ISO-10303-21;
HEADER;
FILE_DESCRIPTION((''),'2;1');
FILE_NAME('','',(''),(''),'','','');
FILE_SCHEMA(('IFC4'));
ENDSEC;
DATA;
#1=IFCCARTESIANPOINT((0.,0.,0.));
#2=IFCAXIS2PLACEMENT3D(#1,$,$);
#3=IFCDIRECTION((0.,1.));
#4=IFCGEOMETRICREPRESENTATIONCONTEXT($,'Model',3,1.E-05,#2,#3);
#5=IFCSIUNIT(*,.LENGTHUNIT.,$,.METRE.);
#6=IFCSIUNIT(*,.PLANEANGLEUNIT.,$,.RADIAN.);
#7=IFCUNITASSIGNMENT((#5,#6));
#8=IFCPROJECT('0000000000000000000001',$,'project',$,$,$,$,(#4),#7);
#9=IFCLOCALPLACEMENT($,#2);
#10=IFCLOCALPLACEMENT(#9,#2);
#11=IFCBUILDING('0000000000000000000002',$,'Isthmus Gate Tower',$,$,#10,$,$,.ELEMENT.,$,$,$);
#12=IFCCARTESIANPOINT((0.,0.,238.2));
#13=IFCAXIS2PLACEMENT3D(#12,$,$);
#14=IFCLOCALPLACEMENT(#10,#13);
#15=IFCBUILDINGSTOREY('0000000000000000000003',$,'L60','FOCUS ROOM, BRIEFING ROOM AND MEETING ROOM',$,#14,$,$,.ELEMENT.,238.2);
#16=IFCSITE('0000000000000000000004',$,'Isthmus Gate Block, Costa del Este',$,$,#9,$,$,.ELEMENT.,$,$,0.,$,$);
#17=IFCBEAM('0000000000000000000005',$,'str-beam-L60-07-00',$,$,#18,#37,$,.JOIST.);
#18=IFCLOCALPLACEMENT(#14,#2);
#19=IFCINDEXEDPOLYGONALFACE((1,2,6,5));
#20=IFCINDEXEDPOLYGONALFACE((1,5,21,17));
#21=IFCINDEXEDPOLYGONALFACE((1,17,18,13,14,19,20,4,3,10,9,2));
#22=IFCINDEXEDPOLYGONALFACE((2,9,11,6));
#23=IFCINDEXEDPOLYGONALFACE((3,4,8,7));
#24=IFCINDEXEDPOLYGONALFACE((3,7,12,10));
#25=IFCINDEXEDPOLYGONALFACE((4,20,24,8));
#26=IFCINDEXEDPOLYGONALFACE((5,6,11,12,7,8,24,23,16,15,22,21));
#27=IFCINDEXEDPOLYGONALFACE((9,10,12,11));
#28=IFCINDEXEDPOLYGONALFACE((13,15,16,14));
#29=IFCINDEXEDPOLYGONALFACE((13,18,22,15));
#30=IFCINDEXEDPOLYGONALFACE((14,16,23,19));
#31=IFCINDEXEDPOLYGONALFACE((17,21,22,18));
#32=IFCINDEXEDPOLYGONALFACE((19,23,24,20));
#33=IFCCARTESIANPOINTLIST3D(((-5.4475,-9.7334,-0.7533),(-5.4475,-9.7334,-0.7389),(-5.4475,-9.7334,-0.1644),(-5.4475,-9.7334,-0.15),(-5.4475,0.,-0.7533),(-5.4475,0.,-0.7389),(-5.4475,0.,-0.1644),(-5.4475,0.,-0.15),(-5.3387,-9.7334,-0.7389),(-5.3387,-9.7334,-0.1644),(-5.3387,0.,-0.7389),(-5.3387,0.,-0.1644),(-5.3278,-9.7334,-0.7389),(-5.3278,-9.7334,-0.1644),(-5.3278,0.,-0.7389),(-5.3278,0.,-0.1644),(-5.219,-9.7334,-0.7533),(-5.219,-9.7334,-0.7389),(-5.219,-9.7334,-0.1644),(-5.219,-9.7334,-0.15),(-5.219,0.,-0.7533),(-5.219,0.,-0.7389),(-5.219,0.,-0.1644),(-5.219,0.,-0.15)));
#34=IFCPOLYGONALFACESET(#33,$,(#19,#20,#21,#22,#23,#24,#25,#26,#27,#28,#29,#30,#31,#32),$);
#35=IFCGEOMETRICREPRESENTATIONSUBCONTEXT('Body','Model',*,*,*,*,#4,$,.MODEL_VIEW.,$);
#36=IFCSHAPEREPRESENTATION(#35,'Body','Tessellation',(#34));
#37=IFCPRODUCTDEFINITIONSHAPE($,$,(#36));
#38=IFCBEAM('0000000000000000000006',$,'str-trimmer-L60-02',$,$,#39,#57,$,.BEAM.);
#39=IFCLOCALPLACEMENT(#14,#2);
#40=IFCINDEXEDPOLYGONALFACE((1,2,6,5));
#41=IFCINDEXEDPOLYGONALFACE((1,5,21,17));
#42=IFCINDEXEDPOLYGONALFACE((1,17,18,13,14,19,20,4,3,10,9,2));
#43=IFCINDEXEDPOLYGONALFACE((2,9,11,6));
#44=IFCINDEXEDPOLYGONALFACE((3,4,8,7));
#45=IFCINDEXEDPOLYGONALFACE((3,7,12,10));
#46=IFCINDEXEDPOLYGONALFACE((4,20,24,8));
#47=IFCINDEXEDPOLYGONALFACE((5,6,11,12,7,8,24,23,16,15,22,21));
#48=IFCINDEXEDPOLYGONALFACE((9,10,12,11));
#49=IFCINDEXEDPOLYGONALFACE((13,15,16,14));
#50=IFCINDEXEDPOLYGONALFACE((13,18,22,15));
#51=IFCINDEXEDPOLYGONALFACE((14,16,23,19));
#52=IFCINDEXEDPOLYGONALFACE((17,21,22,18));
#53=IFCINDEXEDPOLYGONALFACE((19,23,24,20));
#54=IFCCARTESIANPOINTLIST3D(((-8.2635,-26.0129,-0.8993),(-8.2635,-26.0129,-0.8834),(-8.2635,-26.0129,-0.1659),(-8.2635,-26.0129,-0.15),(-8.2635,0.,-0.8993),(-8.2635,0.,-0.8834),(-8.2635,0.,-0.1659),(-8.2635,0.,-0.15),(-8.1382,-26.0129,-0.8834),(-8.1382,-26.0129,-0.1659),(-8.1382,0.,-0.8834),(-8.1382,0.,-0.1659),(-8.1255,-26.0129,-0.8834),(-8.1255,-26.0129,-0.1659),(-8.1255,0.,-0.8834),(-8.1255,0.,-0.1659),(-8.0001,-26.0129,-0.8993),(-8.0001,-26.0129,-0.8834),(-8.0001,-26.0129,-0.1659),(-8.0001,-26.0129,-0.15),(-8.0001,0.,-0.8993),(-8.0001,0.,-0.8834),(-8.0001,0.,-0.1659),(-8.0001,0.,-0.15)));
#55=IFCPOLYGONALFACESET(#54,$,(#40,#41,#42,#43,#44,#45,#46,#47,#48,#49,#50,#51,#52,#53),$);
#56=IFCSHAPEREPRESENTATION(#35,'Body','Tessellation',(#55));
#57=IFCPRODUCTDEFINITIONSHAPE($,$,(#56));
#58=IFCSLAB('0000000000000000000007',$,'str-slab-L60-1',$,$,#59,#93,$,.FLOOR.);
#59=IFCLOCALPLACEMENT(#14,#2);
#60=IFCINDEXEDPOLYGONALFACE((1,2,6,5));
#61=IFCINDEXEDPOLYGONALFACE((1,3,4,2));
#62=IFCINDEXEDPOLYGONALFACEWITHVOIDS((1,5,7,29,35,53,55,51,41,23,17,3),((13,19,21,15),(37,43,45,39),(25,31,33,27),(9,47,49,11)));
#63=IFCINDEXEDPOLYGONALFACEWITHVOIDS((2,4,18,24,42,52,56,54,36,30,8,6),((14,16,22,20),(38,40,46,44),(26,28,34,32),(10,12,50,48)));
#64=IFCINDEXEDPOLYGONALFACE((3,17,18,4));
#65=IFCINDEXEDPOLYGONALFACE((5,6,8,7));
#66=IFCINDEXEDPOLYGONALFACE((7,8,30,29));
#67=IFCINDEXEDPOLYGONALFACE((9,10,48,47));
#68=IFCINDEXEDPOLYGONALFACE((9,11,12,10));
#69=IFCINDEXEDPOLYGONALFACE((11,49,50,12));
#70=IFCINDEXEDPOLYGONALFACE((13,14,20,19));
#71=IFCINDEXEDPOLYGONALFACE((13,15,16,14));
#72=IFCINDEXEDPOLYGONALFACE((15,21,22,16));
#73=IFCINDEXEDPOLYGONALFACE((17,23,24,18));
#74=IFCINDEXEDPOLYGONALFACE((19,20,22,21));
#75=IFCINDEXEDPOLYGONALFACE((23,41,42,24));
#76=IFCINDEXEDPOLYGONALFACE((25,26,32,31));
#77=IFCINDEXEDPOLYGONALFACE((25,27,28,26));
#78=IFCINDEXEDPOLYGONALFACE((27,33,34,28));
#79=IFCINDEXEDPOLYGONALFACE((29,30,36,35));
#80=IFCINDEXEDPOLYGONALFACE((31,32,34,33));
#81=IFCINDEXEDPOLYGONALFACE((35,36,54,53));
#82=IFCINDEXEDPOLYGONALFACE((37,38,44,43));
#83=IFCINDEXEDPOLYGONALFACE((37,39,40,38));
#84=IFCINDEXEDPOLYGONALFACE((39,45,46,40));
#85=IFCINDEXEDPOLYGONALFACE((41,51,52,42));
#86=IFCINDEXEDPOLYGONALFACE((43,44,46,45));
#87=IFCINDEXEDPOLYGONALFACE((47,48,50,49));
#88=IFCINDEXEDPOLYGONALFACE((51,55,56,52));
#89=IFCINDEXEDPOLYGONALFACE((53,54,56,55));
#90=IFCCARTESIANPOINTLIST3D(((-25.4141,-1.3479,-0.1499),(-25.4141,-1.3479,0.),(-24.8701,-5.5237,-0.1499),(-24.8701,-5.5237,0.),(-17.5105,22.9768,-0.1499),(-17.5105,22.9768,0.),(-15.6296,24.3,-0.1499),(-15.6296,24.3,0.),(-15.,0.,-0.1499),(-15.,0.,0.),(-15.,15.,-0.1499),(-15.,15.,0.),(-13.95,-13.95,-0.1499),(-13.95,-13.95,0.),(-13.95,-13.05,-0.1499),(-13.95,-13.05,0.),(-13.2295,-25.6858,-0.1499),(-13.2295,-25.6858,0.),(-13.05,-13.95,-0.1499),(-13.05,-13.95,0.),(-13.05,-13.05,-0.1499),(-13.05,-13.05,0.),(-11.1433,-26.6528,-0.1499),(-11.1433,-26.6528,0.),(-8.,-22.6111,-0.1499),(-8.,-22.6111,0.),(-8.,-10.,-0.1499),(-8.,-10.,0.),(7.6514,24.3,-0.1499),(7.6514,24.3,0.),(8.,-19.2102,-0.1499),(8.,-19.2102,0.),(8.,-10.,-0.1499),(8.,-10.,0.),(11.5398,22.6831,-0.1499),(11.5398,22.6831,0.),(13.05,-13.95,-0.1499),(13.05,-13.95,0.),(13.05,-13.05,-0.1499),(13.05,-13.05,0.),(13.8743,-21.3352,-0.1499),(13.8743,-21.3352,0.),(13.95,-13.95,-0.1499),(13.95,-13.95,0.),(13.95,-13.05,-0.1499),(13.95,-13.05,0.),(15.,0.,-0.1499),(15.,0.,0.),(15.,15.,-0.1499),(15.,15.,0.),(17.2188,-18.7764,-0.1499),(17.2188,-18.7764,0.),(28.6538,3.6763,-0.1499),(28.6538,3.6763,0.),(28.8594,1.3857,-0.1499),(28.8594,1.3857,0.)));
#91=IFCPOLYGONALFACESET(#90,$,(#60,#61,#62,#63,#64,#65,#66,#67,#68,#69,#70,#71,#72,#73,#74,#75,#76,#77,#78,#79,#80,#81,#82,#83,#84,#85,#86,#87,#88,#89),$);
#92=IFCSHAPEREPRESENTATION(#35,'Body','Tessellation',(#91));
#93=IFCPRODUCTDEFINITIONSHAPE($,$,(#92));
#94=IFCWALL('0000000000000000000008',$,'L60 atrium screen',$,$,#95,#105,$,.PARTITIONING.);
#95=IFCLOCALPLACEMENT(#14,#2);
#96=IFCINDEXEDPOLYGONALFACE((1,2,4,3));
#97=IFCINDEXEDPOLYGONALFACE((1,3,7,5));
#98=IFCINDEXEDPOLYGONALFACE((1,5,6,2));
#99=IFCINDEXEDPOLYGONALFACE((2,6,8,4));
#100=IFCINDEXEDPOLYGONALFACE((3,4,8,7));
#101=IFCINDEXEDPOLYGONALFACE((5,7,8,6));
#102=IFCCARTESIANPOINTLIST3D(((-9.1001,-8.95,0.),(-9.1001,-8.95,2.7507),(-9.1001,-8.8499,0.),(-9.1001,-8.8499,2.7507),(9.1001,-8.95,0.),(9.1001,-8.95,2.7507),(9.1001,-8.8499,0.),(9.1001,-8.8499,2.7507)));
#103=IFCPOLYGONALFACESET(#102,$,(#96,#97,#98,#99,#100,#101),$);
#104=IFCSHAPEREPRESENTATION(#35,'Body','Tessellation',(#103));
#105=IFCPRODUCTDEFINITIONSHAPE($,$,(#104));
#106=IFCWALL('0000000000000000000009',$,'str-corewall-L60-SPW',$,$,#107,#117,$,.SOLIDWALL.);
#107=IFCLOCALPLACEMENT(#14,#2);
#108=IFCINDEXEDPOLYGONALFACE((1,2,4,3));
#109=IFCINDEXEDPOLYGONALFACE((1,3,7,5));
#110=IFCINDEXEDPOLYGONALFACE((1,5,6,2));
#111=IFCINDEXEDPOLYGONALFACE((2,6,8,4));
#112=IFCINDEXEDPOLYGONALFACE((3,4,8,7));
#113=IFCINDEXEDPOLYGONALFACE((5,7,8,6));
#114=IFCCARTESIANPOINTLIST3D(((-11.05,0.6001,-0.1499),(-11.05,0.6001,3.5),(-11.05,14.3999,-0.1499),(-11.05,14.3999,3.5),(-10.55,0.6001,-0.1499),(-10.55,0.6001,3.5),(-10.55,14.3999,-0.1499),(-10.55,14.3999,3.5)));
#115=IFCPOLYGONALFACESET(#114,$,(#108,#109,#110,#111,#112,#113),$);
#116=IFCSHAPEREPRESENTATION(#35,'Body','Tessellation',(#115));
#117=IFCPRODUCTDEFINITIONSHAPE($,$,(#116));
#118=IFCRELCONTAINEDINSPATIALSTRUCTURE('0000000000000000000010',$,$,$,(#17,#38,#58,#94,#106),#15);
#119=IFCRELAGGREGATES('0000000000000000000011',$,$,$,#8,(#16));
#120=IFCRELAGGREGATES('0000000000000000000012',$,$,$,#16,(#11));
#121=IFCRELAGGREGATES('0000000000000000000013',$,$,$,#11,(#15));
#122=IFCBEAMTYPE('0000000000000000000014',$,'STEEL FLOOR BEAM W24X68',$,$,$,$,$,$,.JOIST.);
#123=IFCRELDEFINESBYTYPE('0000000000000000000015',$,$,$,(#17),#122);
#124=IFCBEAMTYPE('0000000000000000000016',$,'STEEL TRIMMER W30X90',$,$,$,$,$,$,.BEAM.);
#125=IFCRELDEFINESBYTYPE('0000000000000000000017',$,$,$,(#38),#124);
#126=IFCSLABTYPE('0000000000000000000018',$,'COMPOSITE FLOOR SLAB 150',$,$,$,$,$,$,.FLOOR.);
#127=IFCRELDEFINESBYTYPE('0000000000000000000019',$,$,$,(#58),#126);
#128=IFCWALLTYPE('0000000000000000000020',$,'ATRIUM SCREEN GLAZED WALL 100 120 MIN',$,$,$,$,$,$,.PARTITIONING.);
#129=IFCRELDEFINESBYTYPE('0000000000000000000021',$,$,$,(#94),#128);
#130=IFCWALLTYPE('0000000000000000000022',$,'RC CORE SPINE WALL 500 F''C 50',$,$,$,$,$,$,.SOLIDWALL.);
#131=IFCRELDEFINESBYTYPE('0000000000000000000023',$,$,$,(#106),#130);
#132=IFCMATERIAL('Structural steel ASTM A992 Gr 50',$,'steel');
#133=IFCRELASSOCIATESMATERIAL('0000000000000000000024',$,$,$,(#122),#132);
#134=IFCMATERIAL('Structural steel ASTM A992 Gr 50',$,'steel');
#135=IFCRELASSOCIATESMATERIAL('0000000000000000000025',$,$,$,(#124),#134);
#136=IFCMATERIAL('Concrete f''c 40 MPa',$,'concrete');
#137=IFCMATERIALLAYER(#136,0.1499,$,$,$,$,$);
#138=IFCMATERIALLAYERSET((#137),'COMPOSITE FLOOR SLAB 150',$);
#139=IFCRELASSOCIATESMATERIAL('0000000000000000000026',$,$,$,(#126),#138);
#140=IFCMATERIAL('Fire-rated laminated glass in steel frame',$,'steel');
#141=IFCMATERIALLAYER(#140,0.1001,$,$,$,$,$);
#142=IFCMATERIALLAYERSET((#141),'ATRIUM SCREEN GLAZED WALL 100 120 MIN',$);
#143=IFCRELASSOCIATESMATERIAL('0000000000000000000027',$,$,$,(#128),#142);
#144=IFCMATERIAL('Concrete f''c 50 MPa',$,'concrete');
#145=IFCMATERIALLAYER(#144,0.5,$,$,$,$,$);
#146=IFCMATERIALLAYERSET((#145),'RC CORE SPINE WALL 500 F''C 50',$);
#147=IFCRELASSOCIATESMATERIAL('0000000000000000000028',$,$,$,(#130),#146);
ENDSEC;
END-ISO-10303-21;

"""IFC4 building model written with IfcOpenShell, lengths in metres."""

from ifc_helpers import new_model, si_unit, direction, frame, frame_2d, origin, origin_2d, place, context, subcontext, project, spatial, polyline, rectangle, i_section, outline, extrude, material, layer, layer_set, material_profile, profile_set, type_object, element, save


model = new_model("IFC4")

# Units and contexts
model_context = context("Model", 3, precision=1e-05, world=origin(), true_north=direction((0.0, 1.0)))
body_context = subcontext(model_context, "Body", "Model", "MODEL_VIEW")
ifc_project = project(units=[si_unit("LENGTHUNIT", "METRE"), si_unit("PLANEANGLEUNIT", "RADIAN")], contexts=[model_context])

# Site, building, storey
site_placement = place(None, origin())
site = spatial("IfcSite", under=ifc_project, at=site_placement, Name="Isthmus Gate Block, Costa del Este", CompositionType="ELEMENT", RefElevation=0.0)
building_placement = place(site_placement, origin())
building = spatial("IfcBuilding", under=site, at=building_placement, Name="Isthmus Gate Tower", CompositionType="ELEMENT")
storey_placement = place(building_placement, frame((0.0, 0.0, 238.2)))
storey = spatial("IfcBuildingStorey", under=building, at=storey_placement, Name="L60", Description="FOCUS ROOM, BRIEFING ROOM AND MEETING ROOM", CompositionType="ELEMENT", Elevation=238.2)

# Beams
ifc_material_1 = material(Name="Structural steel ASTM A992 Gr 50", Category="steel")
ifc_material_profile_1 = material_profile(ifc_material_1, i_section(OverallWidth=0.2285, OverallDepth=0.6033, WebThickness=0.011, FlangeThickness=0.0144, at=origin_2d()), Name="W24X68")
ifc_profile_set_1 = profile_set([ifc_material_profile_1], Name="Structural steel ASTM A992 Gr 50")
beam_type_1 = type_object("IfcBeamType", Name="STEEL FLOOR BEAM W24X68", PredefinedType="JOIST", material=ifc_profile_set_1)
beam_1_placement = place(storey_placement, frame((-5.3333, -9.7334, -0.4517), z_axis=(0.0, 1.0, 0.0), x_axis=(-1.0, 0.0, 0.0)))
element("IfcBeam", 1, at=beam_1_placement, inside=storey, type_object=beam_type_1, Name="str-beam-L60-07-00", PredefinedType="JOIST", context=body_context, shape_type="SweptSolid", body=[
    extrude(i_section(OverallWidth=0.2285, OverallDepth=0.6033, WebThickness=0.011, FlangeThickness=0.0144, at=origin_2d()), origin(), (0.0, 0.0, 1.0), 9.7334),
])
ifc_material_2 = material(Name="Structural steel ASTM A992 Gr 50", Category="steel")
ifc_material_profile_2 = material_profile(ifc_material_2, i_section(OverallWidth=0.2634, OverallDepth=0.7493, WebThickness=0.0127, FlangeThickness=0.0159, at=origin_2d()), Name="W30X90")
ifc_profile_set_2 = profile_set([ifc_material_profile_2], Name="Structural steel ASTM A992 Gr 50")
beam_type_2 = type_object("IfcBeamType", Name="STEEL TRIMMER W30X90", PredefinedType="BEAM", material=ifc_profile_set_2)
beam_2_placement = place(storey_placement, frame((-8.1318, 0.0, -0.5247), z_axis=(0.0, -1.0, 0.0), x_axis=(1.0, 0.0, 0.0)))
element("IfcBeam", 2, at=beam_2_placement, inside=storey, type_object=beam_type_2, Name="str-trimmer-L60-02", PredefinedType="BEAM", context=body_context, shape_type="SweptSolid", body=[
    extrude(i_section(OverallWidth=0.2634, OverallDepth=0.7493, WebThickness=0.0127, FlangeThickness=0.0159, at=origin_2d()), origin(), (0.0, 0.0, 1.0), 26.0129),
])

# Slab
ifc_material_3 = material(Name="Concrete f'c 40 MPa", Category="concrete")
ifc_layer_1 = layer(ifc_material_3, 0.1499)
ifc_layer_set_1 = layer_set([ifc_layer_1], Name="COMPOSITE FLOOR SLAB 150")
slab_type = type_object("IfcSlabType", Name="COMPOSITE FLOOR SLAB 150", PredefinedType="FLOOR", material=ifc_layer_set_1)
slab_placement = place(storey_placement, frame((0.0, 0.0, -0.1499)))
element("IfcSlab", 3, at=slab_placement, inside=storey, type_object=slab_type, Name="str-slab-L60-1", PredefinedType="FLOOR", context=body_context, shape_type="SweptSolid", body=[
    extrude(outline(polyline([(11.5398, 22.6831), (28.6538, 3.6763), (28.8594, 1.3857), (17.2188, -18.7764), (13.8743, -21.3352), (-11.1433, -26.6528), (-13.2295, -25.6858), (-24.8701, -5.5237), (-25.4141, -1.3479), (-17.5105, 22.9768), (-15.6296, 24.3), (7.6514, 24.3), (11.5398, 22.6831)]), holes=[polyline([(-8.0, -10.0), (-8.0, -22.6111), (8.0, -19.2102), (8.0, -10.0), (-8.0, -10.0)]), polyline([(-13.95, -13.05), (-13.95, -13.95), (-13.05, -13.95), (-13.05, -13.05), (-13.95, -13.05)]), polyline([(13.05, -13.05), (13.05, -13.95), (13.95, -13.95), (13.95, -13.05), (13.05, -13.05)]), polyline([(-15.0, 0.0), (15.0, 0.0), (15.0, 15.0), (-15.0, 15.0), (-15.0, 0.0)])]), origin(), (0.0, 0.0, 1.0), 0.1499),
])

# Walls
ifc_material_4 = material(Name="Fire-rated laminated glass in steel frame", Category="steel")
ifc_layer_2 = layer(ifc_material_4, 0.1001)
ifc_layer_set_2 = layer_set([ifc_layer_2], Name="ATRIUM SCREEN GLAZED WALL 100 120 MIN")
wall_type_1 = type_object("IfcWallType", Name="ATRIUM SCREEN GLAZED WALL 100 120 MIN", PredefinedType="PARTITIONING", material=ifc_layer_set_2)
wall_1_placement = place(storey_placement, frame((-9.1001, -8.8999, 0.0), z_axis=(0.0, 0.0, 1.0), x_axis=(1.0, 0.0, 0.0)))
element("IfcWall", 4, at=wall_1_placement, inside=storey, type_object=wall_type_1, Name="L60 atrium screen", PredefinedType="PARTITIONING", context=body_context, shape_type="SweptSolid", body=[
    extrude(rectangle(XDim=18.2002, YDim=0.1001, at=frame_2d((9.1001, 0.0))), origin(), (0.0, 0.0, 1.0), 2.7507),
])
ifc_material_5 = material(Name="Concrete f'c 50 MPa", Category="concrete")
ifc_layer_3 = layer(ifc_material_5, 0.5)
ifc_layer_set_3 = layer_set([ifc_layer_3], Name="RC CORE SPINE WALL 500 F'C 50")
wall_type_2 = type_object("IfcWallType", Name="RC CORE SPINE WALL 500 F'C 50", PredefinedType="SOLIDWALL", material=ifc_layer_set_3)
wall_2_placement = place(storey_placement, frame((-10.8, 0.6001, -0.1499), z_axis=(0.0, 0.0, 1.0), x_axis=(0.0, 1.0, 0.0)))
element("IfcWall", 5, at=wall_2_placement, inside=storey, type_object=wall_type_2, Name="str-corewall-L60-SPW", PredefinedType="SOLIDWALL", context=body_context, shape_type="SweptSolid", body=[
    extrude(rectangle(XDim=13.7998, YDim=0.5, at=frame_2d((6.8999, 0.0))), origin(), (0.0, 0.0, 1.0), 3.6499),
])

save(model, "model.ifc")
